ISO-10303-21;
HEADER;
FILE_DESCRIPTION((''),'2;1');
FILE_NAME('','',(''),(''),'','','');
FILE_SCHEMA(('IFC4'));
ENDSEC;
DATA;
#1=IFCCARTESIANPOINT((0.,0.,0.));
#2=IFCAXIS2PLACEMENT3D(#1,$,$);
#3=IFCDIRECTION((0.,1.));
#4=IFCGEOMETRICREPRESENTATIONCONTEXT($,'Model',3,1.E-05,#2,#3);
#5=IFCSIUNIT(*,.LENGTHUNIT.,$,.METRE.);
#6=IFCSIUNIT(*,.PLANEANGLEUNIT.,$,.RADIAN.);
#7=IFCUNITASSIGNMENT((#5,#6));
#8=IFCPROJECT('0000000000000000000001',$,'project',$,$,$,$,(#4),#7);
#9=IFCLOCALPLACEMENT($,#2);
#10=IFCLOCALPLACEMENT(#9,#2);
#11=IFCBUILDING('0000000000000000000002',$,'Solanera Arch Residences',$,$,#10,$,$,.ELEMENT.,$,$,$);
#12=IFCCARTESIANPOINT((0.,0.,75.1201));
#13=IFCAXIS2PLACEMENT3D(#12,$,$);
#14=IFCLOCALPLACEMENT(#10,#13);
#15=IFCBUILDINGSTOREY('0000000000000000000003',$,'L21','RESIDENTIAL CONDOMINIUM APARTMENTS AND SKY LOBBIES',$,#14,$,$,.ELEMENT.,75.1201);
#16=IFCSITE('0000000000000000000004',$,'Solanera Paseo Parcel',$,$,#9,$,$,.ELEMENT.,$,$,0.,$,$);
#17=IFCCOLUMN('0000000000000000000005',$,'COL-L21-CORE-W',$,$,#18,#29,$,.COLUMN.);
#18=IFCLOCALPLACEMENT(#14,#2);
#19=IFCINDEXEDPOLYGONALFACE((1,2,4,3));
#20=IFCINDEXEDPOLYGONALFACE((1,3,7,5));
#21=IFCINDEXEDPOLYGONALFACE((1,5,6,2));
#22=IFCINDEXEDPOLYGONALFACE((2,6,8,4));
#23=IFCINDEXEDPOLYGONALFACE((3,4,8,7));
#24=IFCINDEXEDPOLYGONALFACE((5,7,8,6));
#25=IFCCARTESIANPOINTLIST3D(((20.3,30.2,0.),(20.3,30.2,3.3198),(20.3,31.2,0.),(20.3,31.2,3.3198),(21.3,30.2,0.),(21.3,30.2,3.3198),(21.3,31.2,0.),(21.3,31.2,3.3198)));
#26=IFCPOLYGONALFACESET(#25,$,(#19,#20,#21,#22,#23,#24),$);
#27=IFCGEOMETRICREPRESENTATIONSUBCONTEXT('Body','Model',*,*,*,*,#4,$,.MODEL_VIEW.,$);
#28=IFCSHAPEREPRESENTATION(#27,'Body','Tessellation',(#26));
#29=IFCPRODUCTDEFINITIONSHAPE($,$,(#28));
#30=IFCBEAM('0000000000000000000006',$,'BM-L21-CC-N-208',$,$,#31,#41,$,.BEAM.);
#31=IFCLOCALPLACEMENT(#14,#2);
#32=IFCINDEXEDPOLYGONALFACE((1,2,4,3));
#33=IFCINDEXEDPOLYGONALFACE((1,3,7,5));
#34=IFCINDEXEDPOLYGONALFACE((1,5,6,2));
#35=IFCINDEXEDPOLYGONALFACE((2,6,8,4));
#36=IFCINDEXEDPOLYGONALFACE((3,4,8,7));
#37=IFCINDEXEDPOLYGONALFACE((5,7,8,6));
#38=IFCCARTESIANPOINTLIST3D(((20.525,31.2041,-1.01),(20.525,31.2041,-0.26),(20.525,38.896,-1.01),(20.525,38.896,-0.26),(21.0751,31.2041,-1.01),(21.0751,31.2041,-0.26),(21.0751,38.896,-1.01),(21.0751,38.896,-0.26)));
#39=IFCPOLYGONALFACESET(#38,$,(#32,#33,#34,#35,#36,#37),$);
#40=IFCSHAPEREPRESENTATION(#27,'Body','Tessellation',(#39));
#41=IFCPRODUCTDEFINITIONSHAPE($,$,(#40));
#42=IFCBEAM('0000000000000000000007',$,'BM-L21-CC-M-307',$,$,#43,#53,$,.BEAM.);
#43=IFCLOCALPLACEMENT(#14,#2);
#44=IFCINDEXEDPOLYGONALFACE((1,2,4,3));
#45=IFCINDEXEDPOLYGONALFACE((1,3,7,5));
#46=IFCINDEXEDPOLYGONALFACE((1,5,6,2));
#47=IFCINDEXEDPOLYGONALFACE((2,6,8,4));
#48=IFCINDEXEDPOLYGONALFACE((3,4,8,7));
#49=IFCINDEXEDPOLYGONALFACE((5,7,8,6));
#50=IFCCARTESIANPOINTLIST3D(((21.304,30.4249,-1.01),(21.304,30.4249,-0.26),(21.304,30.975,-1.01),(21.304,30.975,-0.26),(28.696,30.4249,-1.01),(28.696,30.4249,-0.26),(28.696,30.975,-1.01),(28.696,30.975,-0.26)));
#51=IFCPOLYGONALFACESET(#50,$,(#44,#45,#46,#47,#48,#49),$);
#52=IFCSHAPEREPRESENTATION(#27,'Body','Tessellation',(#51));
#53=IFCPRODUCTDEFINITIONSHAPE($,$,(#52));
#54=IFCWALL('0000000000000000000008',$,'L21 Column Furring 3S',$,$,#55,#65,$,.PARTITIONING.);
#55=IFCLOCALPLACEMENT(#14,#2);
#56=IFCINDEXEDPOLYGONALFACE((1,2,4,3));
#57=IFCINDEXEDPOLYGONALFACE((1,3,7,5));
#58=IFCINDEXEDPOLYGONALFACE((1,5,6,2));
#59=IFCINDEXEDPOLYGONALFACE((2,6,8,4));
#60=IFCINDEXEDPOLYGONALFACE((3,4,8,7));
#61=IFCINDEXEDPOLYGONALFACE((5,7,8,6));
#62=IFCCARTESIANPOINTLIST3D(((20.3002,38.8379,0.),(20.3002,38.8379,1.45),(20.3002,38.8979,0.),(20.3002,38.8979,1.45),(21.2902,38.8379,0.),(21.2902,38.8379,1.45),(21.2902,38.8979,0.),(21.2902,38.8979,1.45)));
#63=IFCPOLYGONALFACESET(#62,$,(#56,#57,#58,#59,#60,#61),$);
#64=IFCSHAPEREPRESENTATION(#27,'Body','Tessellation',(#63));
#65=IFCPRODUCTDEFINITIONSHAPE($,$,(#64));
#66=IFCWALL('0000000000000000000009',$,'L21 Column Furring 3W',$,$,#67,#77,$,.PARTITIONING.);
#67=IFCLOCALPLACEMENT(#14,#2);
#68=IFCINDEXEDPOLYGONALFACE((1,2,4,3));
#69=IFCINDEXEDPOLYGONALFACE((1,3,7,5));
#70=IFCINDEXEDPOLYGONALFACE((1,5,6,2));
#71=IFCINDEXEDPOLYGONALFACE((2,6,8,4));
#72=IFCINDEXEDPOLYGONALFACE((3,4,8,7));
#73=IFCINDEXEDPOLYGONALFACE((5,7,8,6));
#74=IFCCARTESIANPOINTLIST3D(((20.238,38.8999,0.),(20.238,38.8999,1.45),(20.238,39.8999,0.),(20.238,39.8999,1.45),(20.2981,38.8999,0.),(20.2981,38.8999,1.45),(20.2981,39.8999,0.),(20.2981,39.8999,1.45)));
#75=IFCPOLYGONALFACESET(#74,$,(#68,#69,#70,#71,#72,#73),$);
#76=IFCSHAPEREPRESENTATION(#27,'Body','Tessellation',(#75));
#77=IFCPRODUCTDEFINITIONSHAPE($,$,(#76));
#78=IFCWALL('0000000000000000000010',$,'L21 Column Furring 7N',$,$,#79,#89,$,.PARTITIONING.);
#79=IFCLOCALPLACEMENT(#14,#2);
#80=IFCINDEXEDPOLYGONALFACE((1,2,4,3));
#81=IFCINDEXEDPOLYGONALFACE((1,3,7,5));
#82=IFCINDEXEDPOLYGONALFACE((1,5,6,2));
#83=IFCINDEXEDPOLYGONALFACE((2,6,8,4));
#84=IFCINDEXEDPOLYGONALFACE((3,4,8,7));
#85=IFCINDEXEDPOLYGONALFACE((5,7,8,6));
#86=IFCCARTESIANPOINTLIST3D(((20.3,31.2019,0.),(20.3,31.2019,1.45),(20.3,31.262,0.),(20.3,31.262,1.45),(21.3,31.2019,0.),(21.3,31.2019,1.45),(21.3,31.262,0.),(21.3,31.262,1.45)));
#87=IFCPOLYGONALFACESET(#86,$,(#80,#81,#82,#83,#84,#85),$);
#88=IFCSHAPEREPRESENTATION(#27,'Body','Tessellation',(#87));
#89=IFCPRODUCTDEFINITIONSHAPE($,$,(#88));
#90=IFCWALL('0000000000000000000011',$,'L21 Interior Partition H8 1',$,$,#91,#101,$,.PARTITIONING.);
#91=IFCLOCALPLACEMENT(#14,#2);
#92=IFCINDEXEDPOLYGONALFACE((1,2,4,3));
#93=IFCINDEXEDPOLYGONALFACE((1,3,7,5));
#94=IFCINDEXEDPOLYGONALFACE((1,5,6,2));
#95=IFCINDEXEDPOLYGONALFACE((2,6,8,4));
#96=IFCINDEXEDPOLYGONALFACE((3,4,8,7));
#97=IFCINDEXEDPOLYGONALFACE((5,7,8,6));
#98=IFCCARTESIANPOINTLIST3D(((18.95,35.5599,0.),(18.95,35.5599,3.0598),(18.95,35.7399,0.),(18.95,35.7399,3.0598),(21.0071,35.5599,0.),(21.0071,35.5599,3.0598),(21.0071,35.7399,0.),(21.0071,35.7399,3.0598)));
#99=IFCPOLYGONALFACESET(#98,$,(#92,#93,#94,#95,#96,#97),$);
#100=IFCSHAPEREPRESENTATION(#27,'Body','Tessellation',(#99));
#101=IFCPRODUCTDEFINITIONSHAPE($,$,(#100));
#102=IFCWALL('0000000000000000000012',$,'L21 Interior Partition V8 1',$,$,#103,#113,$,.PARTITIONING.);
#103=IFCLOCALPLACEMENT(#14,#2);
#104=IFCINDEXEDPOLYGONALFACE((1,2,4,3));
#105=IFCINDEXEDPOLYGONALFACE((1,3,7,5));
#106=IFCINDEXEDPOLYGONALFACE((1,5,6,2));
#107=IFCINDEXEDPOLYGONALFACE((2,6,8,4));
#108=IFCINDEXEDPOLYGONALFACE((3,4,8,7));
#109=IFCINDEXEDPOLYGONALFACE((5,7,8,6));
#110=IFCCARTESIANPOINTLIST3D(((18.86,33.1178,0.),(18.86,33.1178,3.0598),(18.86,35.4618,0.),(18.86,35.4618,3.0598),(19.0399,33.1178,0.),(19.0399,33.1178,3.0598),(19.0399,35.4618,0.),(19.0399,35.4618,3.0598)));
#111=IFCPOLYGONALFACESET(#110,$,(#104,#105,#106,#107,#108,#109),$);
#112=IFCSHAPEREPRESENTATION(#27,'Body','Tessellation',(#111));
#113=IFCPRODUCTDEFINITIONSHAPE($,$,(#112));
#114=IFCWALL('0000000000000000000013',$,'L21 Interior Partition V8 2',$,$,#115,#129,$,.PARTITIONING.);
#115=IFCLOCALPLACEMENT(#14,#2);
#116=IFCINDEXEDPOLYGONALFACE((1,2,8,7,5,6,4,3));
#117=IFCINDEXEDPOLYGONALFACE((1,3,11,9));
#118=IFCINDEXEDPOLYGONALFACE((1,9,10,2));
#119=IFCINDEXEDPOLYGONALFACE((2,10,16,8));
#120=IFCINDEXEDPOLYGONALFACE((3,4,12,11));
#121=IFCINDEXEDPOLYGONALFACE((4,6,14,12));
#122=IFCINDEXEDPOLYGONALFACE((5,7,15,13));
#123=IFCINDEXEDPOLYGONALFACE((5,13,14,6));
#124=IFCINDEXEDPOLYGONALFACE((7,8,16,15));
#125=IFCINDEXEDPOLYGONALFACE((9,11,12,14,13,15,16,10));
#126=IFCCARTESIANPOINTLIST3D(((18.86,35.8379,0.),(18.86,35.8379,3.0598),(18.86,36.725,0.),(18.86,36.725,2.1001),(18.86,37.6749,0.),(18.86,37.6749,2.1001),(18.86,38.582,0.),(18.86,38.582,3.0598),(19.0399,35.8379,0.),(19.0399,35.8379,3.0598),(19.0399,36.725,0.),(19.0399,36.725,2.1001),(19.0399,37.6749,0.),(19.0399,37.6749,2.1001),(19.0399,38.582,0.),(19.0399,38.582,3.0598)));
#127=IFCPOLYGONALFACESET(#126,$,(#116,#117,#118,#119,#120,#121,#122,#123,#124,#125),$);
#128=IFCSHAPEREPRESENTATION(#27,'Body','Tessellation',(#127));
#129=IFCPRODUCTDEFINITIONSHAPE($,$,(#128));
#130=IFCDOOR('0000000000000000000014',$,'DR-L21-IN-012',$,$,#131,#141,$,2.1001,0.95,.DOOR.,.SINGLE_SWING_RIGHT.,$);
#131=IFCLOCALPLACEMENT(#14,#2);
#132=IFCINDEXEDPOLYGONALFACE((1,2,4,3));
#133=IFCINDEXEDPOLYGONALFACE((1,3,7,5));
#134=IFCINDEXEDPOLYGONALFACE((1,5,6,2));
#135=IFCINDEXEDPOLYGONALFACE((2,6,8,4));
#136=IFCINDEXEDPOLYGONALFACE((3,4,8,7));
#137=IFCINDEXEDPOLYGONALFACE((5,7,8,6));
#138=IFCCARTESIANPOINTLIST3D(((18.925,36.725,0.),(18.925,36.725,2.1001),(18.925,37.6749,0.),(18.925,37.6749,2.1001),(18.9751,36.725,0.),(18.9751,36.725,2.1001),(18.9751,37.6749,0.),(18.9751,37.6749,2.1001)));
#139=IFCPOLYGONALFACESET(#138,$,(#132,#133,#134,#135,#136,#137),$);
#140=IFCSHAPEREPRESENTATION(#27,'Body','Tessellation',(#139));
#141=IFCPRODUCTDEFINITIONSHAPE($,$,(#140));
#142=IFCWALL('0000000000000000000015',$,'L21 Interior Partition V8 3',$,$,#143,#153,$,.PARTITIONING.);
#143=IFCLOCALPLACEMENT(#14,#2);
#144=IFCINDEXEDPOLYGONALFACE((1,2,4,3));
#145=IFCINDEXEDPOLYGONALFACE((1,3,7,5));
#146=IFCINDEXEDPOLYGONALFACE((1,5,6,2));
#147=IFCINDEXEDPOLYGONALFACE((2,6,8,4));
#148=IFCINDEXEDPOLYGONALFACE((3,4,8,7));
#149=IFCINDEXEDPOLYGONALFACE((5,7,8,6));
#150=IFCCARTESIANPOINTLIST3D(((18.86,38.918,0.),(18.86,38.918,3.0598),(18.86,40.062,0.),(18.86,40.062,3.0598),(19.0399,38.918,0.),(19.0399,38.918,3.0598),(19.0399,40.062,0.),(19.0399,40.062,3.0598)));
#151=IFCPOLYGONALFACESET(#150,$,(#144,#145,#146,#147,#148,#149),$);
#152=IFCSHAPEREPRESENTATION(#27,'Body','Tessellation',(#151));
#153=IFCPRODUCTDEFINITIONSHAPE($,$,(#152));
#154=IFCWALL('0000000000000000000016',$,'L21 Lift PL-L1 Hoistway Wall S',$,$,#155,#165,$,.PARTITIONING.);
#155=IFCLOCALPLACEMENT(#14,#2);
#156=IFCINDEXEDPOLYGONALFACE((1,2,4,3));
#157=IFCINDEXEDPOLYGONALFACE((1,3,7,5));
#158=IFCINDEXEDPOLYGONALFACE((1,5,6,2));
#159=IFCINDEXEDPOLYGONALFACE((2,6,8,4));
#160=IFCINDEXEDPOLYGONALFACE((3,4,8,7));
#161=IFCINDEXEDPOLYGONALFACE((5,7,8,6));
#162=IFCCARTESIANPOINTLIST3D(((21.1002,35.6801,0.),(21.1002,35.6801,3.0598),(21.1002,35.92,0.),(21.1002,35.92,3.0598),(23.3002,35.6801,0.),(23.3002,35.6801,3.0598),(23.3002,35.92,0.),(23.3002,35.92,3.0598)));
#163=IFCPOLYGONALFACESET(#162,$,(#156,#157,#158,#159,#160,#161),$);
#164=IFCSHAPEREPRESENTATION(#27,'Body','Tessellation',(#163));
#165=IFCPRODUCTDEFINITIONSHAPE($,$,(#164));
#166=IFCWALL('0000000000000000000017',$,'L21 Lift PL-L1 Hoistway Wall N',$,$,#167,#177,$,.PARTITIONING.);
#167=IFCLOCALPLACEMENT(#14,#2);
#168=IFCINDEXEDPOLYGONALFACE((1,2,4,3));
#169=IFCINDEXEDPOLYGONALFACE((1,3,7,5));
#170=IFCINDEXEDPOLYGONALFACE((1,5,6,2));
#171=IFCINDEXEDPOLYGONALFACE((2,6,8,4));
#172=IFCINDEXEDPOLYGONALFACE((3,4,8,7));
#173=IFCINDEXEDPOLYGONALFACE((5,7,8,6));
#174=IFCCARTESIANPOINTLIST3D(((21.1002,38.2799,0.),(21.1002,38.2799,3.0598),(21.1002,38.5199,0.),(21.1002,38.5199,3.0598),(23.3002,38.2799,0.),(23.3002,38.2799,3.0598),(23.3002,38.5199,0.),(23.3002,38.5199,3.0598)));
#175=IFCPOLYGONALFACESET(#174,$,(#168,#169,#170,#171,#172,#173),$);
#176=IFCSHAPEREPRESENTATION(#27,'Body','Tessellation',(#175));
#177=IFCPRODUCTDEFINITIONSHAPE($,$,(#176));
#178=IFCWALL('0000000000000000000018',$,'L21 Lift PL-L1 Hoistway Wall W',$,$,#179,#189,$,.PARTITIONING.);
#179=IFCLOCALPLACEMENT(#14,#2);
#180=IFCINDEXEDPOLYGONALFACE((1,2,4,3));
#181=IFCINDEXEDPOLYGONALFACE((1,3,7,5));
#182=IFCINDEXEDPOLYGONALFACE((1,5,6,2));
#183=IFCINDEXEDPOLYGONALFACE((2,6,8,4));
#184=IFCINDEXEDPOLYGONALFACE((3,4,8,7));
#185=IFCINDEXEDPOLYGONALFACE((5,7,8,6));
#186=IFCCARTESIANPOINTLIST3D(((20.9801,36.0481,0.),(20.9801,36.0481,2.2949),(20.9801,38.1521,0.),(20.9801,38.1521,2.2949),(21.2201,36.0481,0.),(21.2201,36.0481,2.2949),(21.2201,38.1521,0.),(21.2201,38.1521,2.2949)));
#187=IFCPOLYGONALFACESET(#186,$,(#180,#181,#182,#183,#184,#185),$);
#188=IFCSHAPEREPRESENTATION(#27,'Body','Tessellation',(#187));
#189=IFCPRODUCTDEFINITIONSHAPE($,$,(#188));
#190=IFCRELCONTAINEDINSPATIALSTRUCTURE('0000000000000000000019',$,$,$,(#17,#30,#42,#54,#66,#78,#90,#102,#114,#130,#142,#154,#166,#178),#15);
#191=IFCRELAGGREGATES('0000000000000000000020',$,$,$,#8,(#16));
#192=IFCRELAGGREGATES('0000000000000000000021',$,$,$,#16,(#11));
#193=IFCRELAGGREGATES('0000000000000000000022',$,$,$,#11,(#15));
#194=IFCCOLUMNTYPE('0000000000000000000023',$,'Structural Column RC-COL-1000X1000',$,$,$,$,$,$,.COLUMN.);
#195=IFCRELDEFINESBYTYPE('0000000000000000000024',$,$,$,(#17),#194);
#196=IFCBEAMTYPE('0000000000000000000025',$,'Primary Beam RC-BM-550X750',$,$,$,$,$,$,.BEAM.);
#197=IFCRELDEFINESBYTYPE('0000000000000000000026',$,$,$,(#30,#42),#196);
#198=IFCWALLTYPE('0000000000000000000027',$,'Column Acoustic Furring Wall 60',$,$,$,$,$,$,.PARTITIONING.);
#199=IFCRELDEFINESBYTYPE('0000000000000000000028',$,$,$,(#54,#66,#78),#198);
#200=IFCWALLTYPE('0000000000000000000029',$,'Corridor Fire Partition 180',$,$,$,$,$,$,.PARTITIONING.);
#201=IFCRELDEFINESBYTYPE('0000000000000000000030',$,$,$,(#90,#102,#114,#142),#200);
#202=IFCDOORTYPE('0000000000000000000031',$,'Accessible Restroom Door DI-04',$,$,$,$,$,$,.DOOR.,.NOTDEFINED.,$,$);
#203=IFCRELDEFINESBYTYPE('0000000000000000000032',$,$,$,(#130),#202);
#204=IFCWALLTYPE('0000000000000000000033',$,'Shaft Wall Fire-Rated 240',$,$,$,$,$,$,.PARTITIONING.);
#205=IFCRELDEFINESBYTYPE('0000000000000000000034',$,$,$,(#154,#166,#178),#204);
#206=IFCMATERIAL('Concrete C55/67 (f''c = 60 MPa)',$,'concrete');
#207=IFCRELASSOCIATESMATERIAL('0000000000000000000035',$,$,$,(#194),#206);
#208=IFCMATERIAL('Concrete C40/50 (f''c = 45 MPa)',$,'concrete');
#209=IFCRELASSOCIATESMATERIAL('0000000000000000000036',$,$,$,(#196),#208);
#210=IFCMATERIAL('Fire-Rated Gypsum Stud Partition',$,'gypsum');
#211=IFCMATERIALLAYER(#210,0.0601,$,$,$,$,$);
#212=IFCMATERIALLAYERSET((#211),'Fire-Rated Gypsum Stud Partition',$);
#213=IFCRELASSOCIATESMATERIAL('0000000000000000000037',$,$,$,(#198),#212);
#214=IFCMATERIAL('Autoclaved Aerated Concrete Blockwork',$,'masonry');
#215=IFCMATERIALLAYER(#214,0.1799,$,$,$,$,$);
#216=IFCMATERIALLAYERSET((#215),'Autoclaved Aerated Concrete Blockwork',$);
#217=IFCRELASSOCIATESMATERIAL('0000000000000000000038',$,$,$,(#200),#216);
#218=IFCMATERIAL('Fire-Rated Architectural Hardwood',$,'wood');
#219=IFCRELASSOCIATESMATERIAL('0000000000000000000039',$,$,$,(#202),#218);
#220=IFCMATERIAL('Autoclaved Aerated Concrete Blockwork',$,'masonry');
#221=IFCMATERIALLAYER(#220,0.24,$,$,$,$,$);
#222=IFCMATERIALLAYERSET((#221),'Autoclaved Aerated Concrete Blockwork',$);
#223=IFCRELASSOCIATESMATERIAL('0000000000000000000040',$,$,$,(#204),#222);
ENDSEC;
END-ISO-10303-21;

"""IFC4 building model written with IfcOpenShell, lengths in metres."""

from ifc_helpers import new_model, si_unit, direction, frame, frame_2d, origin, origin_2d, place, context, subcontext, project, spatial, rectangle, extrude, material, layer, layer_set, material_profile, profile_set, type_object, element, fill, save


model = new_model("IFC4")

# Units and contexts
model_context = context("Model", 3, precision=1e-05, world=origin(), true_north=direction((0.0, 1.0)))
body_context = subcontext(model_context, "Body", "Model", "MODEL_VIEW")
ifc_project = project(units=[si_unit("LENGTHUNIT", "METRE"), si_unit("PLANEANGLEUNIT", "RADIAN")], contexts=[model_context])

# Site, building, storey
site_placement = place(None, origin())
site = spatial("IfcSite", under=ifc_project, at=site_placement, Name="Solanera Paseo Parcel", CompositionType="ELEMENT", RefElevation=0.0)
building_placement = place(site_placement, origin())
building = spatial("IfcBuilding", under=site, at=building_placement, Name="Solanera Arch Residences", CompositionType="ELEMENT")
storey_placement = place(building_placement, frame((0.0, 0.0, 75.1201)))
storey = spatial("IfcBuildingStorey", under=building, at=storey_placement, Name="L21", Description="RESIDENTIAL CONDOMINIUM APARTMENTS AND SKY LOBBIES", CompositionType="ELEMENT", Elevation=75.1201)

# Column
ifc_material_1 = material(Name="Concrete C55/67 (f'c = 60 MPa)", Category="concrete")
ifc_material_profile_1 = material_profile(ifc_material_1, rectangle(XDim=1.0, YDim=1.0, at=origin_2d()))
ifc_profile_set_1 = profile_set([ifc_material_profile_1], Name="Concrete C55/67 (f'c = 60 MPa)")
column_type = type_object("IfcColumnType", Name="Structural Column RC-COL-1000X1000", PredefinedType="COLUMN", material=ifc_profile_set_1)
column_placement = place(storey_placement, frame((20.8, 30.7, 0.0), z_axis=(0.0, 0.0, 1.0), x_axis=(1.0, 0.0, 0.0)))
element("IfcColumn", 1, at=column_placement, inside=storey, type_object=column_type, Name="COL-L21-CORE-W", PredefinedType="COLUMN", context=body_context, shape_type="SweptSolid", body=[
    extrude(rectangle(XDim=1.0, YDim=1.0, at=origin_2d()), origin(), (0.0, 0.0, 1.0), 3.3198),
])

# Beams
ifc_material_2 = material(Name="Concrete C40/50 (f'c = 45 MPa)", Category="concrete")
ifc_material_profile_2 = material_profile(ifc_material_2, rectangle(XDim=0.55, YDim=0.75, at=origin_2d()))
ifc_profile_set_2 = profile_set([ifc_material_profile_2], Name="Concrete C40/50 (f'c = 45 MPa)")
beam_type = type_object("IfcBeamType", Name="Primary Beam RC-BM-550X750", PredefinedType="BEAM", material=ifc_profile_set_2)
beam_1_placement = place(storey_placement, frame((20.8, 31.2041, -0.635), z_axis=(0.0, 1.0, 0.0), x_axis=(-1.0, 0.0, 0.0)))
element("IfcBeam", 2, at=beam_1_placement, inside=storey, type_object=beam_type, Name="BM-L21-CC-N-208", PredefinedType="BEAM", context=body_context, shape_type="SweptSolid", body=[
    extrude(rectangle(XDim=0.55, YDim=0.75, at=origin_2d()), origin(), (0.0, 0.0, 1.0), 7.6919),
])
beam_2_placement = place(storey_placement, frame((21.304, 30.7, -0.635), z_axis=(1.0, 0.0, 0.0), x_axis=(0.0, 1.0, 0.0)))
element("IfcBeam", 3, at=beam_2_placement, inside=storey, type_object=beam_type, Name="BM-L21-CC-M-307", PredefinedType="BEAM", context=body_context, shape_type="SweptSolid", body=[
    extrude(rectangle(XDim=0.55, YDim=0.75, at=origin_2d()), origin(), (0.0, 0.0, 1.0), 7.3921),
])

# Walls
ifc_material_3 = material(Name="Fire-Rated Gypsum Stud Partition", Category="gypsum")
ifc_layer_1 = layer(ifc_material_3, 0.0601)
ifc_layer_set_1 = layer_set([ifc_layer_1], Name="Fire-Rated Gypsum Stud Partition")
wall_type_1 = type_object("IfcWallType", Name="Column Acoustic Furring Wall 60", PredefinedType="PARTITIONING", material=ifc_layer_set_1)
wall_1_placement = place(storey_placement, frame((20.3, 38.8679, 0.0), z_axis=(0.0, 0.0, 1.0), x_axis=(1.0, 0.0, 0.0)))
element("IfcWall", 4, at=wall_1_placement, inside=storey, type_object=wall_type_1, Name="L21 Column Furring 3S", PredefinedType="PARTITIONING", context=body_context, shape_type="SweptSolid", body=[
    extrude(rectangle(XDim=0.99, YDim=0.0601, at=frame_2d((0.4951, 0.0))), origin(), (0.0, 0.0, 1.0), 1.45),
])
for number, where, z_axis, x_axis, name in (
    (5, (20.2681, 38.8999, 0.0), (0.0, 0.0, 1.0), (0.0, 1.0, 0.0), "L21 Column Furring 3W"),
    (6, (20.3, 31.2319, 0.0), (0.0, 0.0, 1.0), (1.0, 0.0, 0.0), "L21 Column Furring 7N"),
):
    element("IfcWall", number, at=place(storey_placement, frame(where, z_axis=z_axis, x_axis=x_axis)), inside=storey, type_object=wall_type_1, Name=name, PredefinedType="PARTITIONING", context=body_context, shape_type="SweptSolid", body=[
        extrude(rectangle(XDim=1.0, YDim=0.0601, at=frame_2d((0.5, 0.0))), origin(), (0.0, 0.0, 1.0), 1.45),
    ])

# Walls
ifc_material_4 = material(Name="Autoclaved Aerated Concrete Blockwork", Category="masonry")
ifc_layer_2 = layer(ifc_material_4, 0.1799)
ifc_layer_set_2 = layer_set([ifc_layer_2], Name="Autoclaved Aerated Concrete Blockwork")
wall_type_2 = type_object("IfcWallType", Name="Corridor Fire Partition 180", PredefinedType="PARTITIONING", material=ifc_layer_set_2)
wall_2_placement = place(storey_placement, frame((18.95, 35.6499, 0.0), z_axis=(0.0, 0.0, 1.0), x_axis=(1.0, 0.0, 0.0)))
element("IfcWall", 7, at=wall_2_placement, inside=storey, type_object=wall_type_2, Name="L21 Interior Partition H8 1", PredefinedType="PARTITIONING", context=body_context, shape_type="SweptSolid", body=[
    extrude(rectangle(XDim=2.0571, YDim=0.1799, at=frame_2d((1.0286, 0.0))), origin(), (0.0, 0.0, 1.0), 3.0598),
])
wall_3_placement = place(storey_placement, frame((18.95, 33.1179, 0.0), z_axis=(0.0, 0.0, 1.0), x_axis=(0.0, 1.0, 0.0)))
element("IfcWall", 8, at=wall_3_placement, inside=storey, type_object=wall_type_2, Name="L21 Interior Partition V8 1", PredefinedType="PARTITIONING", context=body_context, shape_type="SweptSolid", body=[
    extrude(rectangle(XDim=2.344, YDim=0.1799, at=frame_2d((1.1719, 0.0))), origin(), (0.0, 0.0, 1.0), 3.0598),
])

# Wall, opening, door
wall_4_placement = place(storey_placement, frame((18.95, 35.8379, 0.0), z_axis=(0.0, 0.0, 1.0), x_axis=(0.0, 1.0, 0.0)))
wall_4 = element("IfcWall", 9, at=wall_4_placement, inside=storey, type_object=wall_type_2, Name="L21 Interior Partition V8 2", PredefinedType="PARTITIONING", context=body_context, shape_type="SweptSolid", body=[
    extrude(rectangle(XDim=2.7441, YDim=0.1799, at=frame_2d((1.3721, 0.0))), origin(), (0.0, 0.0, 1.0), 3.0598),
])
opening_1_placement = place(wall_4_placement, frame((0.887, 0.0, 0.0)))
opening_1 = element("IfcOpeningElement", 10, at=opening_1_placement, cuts=wall_4, PredefinedType="OPENING", context=body_context, shape_type="SweptSolid", body=[
    extrude(rectangle(XDim=0.95, YDim=2.1001, at=frame_2d((0.4751, 1.05))), frame((0.0, 0.1001, 0.0), z_axis=(0.0, -1.0, 0.0), x_axis=(1.0, 0.0, 0.0)), (0.0, 0.0, 1.0), 0.1999),
])
ifc_material_5 = material(Name="Fire-Rated Architectural Hardwood", Category="wood")
door_type_1 = type_object("IfcDoorType", Name="Accessible Restroom Door DI-04", OperationType="NOTDEFINED", PredefinedType="DOOR", material=ifc_material_5)
door_1_placement = place(opening_1_placement, origin())
door_1 = element("IfcDoor", 11, at=door_1_placement, inside=storey, type_object=door_type_1, Name="DR-L21-IN-012", OperationType="SINGLE_SWING_RIGHT", OverallHeight=2.1001, OverallWidth=0.95, PredefinedType="DOOR", context=body_context, shape_type="SweptSolid", body=[
    extrude(rectangle(XDim=0.95, YDim=2.1001, at=frame_2d((0.4751, 1.05))), frame((0.0, 0.0249, 0.0), z_axis=(0.0, -1.0, 0.0), x_axis=(1.0, 0.0, 0.0)), (0.0, 0.0, 1.0), 0.05),
])
fill(opening_1, door_1)

# Walls
wall_5_placement = place(storey_placement, frame((18.95, 38.918, 0.0), z_axis=(0.0, 0.0, 1.0), x_axis=(0.0, 1.0, 0.0)))
element("IfcWall", 12, at=wall_5_placement, inside=storey, type_object=wall_type_2, Name="L21 Interior Partition V8 3", PredefinedType="PARTITIONING", context=body_context, shape_type="SweptSolid", body=[
    extrude(rectangle(XDim=1.144, YDim=0.1799, at=frame_2d((0.572, 0.0))), origin(), (0.0, 0.0, 1.0), 3.0598),
])
ifc_material_6 = material(Name="Autoclaved Aerated Concrete Blockwork", Category="masonry")
ifc_layer_3 = layer(ifc_material_6, 0.24)
ifc_layer_set_3 = layer_set([ifc_layer_3], Name="Autoclaved Aerated Concrete Blockwork")
wall_type_3 = type_object("IfcWallType", Name="Shaft Wall Fire-Rated 240", PredefinedType="PARTITIONING", material=ifc_layer_set_3)
for number, where, z_axis, x_axis, name in (
    (13, (21.1001, 35.8, 0.0), (0.0, 0.0, 1.0), (1.0, 0.0, 0.0), "L21 Lift PL-L1 Hoistway Wall S"),
    (14, (21.1001, 38.3999, 0.0), (0.0, 0.0, 1.0), (1.0, 0.0, 0.0), "L21 Lift PL-L1 Hoistway Wall N"),
):
    element("IfcWall", number, at=place(storey_placement, frame(where, z_axis=z_axis, x_axis=x_axis)), inside=storey, type_object=wall_type_3, Name=name, PredefinedType="PARTITIONING", context=body_context, shape_type="SweptSolid", body=[
        extrude(rectangle(XDim=2.2, YDim=0.24, at=frame_2d((1.1001, 0.0))), origin(), (0.0, 0.0, 1.0), 3.0598),
    ])
wall_6_placement = place(storey_placement, frame((21.1001, 36.0481, 0.0), z_axis=(0.0, 0.0, 1.0), x_axis=(0.0, 1.0, 0.0)))
element("IfcWall", 15, at=wall_6_placement, inside=storey, type_object=wall_type_3, Name="L21 Lift PL-L1 Hoistway Wall W", PredefinedType="PARTITIONING", context=body_context, shape_type="SweptSolid", body=[
    extrude(rectangle(XDim=2.104, YDim=0.24, at=frame_2d((1.052, 0.0))), origin(), (0.0, 0.0, 1.0), 2.2949),
])

save(model, "model.ifc")
